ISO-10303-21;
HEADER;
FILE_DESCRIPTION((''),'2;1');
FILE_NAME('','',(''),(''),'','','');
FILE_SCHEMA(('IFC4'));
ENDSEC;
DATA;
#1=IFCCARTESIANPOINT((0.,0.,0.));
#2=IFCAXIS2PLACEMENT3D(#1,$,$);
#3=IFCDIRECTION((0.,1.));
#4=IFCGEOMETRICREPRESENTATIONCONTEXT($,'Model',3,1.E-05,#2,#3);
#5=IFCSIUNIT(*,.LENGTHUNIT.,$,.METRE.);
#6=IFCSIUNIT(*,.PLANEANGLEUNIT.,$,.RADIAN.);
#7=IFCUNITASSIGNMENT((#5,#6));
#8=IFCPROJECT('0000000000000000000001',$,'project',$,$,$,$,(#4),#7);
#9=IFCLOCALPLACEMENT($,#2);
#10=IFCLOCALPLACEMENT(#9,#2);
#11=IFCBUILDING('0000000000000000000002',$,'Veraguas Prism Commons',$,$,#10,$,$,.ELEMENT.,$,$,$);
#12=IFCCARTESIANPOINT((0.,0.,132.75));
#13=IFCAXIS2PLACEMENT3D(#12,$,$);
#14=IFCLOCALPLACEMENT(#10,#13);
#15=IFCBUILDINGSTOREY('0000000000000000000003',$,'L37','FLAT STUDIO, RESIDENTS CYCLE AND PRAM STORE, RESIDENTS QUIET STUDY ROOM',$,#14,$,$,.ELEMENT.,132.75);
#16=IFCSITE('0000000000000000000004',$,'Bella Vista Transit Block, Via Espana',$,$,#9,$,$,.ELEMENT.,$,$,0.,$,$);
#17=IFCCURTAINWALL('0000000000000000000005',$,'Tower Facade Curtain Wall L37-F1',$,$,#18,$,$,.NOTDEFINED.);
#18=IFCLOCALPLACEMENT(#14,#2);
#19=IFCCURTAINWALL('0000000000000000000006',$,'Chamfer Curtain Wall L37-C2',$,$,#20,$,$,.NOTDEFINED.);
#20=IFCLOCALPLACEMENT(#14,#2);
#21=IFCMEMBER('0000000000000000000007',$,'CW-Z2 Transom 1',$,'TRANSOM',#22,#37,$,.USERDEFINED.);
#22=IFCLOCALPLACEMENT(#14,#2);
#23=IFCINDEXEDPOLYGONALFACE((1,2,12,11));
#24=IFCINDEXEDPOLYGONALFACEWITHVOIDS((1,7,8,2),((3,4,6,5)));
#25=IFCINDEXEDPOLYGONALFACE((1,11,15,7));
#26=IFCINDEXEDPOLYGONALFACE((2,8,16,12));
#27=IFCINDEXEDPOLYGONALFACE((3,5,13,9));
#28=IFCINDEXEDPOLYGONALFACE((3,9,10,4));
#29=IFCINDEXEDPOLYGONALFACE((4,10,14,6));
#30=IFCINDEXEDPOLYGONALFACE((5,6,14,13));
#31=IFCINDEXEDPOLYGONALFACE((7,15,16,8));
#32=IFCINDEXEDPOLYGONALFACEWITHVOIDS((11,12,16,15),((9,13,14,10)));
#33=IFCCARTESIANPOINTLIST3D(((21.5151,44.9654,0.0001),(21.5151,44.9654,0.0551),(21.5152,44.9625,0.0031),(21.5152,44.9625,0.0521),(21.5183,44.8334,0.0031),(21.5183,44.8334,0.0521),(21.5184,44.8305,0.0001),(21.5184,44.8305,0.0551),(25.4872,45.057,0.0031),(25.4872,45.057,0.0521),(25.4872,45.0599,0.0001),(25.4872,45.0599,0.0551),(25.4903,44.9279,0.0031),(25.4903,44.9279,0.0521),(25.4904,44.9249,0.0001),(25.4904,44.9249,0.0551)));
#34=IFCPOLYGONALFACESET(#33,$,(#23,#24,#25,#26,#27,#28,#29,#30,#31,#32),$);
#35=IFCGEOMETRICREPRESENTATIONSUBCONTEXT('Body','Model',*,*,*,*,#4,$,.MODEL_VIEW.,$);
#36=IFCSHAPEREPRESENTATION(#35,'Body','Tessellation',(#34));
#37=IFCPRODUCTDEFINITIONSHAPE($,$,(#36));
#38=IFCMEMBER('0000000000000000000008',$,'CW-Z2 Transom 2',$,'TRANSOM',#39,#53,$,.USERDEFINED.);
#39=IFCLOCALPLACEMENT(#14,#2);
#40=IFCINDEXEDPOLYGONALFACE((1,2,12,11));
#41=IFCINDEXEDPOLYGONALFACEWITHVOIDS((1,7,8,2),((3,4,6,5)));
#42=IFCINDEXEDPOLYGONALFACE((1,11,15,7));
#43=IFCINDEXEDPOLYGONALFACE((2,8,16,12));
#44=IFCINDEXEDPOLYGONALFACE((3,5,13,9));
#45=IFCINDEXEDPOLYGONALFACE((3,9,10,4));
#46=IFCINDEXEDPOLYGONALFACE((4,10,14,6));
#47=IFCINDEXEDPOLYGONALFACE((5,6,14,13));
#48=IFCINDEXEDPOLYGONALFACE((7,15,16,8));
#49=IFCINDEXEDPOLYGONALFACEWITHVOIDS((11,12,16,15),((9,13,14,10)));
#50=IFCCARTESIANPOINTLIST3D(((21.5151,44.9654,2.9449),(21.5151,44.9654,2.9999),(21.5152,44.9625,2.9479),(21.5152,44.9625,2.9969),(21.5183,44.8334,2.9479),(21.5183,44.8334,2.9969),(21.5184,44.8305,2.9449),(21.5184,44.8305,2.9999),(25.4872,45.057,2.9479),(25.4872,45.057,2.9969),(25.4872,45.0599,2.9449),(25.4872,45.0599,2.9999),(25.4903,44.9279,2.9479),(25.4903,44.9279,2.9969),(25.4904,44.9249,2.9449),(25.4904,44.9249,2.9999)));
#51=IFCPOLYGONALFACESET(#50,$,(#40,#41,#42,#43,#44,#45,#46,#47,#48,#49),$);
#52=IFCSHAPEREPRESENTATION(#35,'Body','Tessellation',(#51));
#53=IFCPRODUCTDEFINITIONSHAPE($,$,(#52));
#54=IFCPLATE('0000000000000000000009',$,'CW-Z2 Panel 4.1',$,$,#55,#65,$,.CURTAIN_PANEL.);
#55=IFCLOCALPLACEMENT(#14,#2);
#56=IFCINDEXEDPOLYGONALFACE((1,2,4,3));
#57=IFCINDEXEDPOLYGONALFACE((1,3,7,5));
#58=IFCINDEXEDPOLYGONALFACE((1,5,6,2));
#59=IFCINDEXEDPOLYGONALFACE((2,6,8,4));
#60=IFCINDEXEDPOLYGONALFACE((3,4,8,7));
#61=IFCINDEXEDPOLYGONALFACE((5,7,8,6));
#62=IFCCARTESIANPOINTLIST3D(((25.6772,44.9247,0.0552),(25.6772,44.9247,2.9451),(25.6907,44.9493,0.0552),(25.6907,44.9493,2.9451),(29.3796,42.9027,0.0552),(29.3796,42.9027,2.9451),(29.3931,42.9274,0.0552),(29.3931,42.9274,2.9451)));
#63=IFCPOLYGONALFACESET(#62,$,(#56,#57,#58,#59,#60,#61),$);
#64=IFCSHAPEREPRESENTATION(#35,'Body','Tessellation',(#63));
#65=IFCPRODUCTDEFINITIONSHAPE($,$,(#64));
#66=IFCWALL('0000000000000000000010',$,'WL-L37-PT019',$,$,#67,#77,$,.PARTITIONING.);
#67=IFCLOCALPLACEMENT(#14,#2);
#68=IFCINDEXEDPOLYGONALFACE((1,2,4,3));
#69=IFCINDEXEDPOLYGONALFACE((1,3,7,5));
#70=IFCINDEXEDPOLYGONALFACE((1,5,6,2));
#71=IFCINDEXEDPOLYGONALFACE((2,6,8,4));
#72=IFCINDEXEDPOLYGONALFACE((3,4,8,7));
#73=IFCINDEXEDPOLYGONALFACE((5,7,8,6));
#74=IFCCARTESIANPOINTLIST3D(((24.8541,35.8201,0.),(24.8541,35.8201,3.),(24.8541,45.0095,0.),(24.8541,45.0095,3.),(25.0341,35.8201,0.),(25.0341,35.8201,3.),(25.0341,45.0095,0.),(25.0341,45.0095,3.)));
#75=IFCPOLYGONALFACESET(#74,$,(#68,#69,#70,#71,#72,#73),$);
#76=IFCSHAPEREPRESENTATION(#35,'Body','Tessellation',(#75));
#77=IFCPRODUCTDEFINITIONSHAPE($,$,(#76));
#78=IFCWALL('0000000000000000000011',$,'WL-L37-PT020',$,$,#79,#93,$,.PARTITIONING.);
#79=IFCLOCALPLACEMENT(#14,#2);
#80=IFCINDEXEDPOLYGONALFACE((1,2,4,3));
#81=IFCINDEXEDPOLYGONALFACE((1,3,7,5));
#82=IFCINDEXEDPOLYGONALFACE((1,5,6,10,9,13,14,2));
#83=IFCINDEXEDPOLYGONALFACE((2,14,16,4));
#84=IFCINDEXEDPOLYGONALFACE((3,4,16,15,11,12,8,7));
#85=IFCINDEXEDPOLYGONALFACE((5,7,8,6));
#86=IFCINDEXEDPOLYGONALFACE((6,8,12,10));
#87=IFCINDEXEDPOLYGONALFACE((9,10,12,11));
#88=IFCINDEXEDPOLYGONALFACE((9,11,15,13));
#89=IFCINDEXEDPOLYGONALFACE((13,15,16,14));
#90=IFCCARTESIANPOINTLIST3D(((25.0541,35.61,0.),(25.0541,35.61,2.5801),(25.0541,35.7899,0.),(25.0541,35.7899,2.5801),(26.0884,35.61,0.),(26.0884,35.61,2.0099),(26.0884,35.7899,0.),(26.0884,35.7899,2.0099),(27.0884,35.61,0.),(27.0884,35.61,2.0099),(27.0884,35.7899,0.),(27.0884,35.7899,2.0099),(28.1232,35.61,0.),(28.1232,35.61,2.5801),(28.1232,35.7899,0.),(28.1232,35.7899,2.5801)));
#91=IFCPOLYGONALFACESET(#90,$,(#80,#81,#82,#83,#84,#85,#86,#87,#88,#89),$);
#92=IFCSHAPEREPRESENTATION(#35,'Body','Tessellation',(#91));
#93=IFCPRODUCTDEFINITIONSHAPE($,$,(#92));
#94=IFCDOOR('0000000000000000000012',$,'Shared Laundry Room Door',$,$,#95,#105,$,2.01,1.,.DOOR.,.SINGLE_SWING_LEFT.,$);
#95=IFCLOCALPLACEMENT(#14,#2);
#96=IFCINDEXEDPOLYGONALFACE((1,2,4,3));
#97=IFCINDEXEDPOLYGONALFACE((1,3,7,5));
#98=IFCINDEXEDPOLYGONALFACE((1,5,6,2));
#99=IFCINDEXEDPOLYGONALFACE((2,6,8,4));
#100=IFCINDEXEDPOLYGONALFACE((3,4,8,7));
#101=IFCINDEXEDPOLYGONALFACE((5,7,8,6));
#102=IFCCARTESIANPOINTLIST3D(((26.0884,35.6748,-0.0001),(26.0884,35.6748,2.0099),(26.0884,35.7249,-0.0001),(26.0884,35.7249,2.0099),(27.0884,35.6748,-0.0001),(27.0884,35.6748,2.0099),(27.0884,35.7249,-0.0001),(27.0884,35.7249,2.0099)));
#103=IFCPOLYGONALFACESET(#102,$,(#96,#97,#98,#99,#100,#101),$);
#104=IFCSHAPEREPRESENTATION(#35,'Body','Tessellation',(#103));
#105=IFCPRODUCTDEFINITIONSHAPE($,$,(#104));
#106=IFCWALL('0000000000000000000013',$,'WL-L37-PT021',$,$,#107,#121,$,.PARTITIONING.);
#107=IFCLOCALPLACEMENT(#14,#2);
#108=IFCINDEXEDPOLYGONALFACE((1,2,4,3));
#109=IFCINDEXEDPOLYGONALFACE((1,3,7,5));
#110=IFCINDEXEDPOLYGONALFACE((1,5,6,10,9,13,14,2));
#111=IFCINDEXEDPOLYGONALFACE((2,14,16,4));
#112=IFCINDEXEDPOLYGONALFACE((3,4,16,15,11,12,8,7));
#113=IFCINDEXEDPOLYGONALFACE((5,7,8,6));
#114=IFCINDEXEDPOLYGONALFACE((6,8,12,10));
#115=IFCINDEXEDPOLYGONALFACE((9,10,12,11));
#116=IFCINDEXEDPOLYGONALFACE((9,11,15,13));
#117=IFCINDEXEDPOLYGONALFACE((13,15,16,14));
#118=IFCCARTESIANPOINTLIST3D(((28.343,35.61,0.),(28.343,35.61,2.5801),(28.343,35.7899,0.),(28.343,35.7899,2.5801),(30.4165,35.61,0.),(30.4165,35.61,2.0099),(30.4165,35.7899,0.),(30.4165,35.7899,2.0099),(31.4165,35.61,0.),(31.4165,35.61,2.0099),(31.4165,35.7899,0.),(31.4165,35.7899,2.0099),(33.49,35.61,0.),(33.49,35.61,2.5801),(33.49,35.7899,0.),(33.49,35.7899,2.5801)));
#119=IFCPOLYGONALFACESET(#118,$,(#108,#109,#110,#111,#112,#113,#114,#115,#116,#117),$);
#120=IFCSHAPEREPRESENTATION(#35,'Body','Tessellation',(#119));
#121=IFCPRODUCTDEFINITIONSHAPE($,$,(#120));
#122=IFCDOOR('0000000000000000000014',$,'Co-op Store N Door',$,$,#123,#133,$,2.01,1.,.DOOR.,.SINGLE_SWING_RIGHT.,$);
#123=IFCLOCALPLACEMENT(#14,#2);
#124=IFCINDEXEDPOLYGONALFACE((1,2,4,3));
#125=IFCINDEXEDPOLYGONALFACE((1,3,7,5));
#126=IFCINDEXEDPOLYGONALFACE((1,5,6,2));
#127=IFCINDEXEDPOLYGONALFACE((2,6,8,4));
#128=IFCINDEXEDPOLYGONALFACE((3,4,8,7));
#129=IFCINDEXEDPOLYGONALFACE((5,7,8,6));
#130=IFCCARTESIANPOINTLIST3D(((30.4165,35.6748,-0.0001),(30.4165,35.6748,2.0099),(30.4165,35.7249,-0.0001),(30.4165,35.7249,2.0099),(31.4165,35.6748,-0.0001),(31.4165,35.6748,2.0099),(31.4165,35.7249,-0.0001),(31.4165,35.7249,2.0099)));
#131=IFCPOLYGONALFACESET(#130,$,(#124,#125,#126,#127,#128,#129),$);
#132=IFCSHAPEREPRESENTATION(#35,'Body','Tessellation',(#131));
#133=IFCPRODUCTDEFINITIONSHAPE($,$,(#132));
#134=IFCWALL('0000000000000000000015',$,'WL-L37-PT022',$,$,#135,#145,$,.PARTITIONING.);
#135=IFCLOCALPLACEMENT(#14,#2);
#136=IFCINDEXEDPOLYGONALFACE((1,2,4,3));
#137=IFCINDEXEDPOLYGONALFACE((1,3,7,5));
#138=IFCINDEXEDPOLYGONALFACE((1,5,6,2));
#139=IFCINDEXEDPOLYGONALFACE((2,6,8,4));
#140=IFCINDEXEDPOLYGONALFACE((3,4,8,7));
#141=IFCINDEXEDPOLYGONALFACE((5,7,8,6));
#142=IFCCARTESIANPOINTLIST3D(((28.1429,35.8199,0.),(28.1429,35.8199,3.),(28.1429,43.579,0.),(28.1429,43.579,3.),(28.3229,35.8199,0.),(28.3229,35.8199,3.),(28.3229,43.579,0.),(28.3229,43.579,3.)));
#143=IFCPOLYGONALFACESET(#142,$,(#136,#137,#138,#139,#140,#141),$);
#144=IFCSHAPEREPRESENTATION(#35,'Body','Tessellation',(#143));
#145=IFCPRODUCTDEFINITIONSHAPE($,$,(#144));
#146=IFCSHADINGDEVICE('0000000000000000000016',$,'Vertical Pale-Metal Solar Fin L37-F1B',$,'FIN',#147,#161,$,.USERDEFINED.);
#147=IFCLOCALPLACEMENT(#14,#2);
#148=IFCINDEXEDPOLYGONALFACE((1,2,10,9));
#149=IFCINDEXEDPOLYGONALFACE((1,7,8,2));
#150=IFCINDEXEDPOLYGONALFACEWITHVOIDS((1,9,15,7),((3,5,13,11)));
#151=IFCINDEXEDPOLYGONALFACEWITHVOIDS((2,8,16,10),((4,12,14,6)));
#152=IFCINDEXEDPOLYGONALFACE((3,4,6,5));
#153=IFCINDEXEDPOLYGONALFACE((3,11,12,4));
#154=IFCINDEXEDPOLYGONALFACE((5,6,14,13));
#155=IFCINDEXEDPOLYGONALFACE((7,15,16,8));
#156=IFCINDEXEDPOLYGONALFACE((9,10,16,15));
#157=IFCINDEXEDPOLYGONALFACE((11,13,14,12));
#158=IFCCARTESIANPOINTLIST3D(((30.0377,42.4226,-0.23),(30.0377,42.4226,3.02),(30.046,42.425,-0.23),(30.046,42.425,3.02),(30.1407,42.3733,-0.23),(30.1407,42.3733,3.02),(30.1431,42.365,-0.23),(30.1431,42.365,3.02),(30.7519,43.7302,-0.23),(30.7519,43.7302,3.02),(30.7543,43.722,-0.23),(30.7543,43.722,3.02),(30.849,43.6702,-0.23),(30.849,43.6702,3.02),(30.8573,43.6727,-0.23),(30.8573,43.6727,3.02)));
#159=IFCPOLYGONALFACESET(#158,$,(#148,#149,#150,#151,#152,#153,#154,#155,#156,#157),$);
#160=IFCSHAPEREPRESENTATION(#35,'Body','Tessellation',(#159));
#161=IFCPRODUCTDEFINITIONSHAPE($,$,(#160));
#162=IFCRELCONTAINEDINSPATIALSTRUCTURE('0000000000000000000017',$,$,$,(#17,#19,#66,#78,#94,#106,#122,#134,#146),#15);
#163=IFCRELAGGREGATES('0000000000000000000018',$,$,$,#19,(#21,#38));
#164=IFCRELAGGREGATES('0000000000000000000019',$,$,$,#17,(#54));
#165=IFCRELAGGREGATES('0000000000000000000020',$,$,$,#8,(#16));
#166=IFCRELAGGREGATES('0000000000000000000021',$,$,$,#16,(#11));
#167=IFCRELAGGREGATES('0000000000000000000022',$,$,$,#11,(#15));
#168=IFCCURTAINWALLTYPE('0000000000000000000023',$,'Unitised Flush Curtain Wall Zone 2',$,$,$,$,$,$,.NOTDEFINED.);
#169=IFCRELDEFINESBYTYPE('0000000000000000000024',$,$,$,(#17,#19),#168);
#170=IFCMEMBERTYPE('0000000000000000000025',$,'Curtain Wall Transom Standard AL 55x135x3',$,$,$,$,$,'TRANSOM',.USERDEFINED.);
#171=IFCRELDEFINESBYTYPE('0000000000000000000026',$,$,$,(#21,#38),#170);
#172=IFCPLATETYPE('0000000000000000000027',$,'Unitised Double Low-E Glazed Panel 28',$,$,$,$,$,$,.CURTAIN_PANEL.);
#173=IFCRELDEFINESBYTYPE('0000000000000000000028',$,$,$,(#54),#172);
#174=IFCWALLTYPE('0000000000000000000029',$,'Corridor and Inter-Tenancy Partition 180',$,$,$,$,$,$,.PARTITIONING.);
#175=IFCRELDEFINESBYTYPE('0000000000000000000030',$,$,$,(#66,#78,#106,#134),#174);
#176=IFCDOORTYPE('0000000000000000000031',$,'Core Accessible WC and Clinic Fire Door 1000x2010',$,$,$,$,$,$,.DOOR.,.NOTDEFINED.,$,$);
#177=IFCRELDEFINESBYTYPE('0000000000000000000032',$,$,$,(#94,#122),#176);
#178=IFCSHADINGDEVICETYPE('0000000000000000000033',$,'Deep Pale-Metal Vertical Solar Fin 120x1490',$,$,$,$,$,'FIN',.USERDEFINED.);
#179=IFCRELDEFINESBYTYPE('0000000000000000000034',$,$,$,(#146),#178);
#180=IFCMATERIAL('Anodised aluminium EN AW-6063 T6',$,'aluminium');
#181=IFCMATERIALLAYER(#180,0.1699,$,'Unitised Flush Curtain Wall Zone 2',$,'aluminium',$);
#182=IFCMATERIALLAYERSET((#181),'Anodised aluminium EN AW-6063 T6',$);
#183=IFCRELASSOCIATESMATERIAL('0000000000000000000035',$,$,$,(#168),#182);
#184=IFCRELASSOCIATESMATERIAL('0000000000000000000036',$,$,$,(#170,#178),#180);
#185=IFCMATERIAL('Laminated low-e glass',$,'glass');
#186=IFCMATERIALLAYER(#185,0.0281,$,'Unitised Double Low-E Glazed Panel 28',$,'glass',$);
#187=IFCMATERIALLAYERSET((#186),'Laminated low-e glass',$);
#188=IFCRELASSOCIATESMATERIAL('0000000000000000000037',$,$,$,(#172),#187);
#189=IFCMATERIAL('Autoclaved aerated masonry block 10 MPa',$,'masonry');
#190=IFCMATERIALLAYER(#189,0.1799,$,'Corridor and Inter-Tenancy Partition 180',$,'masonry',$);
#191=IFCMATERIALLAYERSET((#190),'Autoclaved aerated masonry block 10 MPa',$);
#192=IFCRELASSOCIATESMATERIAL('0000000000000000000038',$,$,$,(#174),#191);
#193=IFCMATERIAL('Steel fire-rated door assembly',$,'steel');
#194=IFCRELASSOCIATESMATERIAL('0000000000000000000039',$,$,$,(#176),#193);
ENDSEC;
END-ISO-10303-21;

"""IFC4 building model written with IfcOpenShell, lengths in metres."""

from ifc_helpers import new_model, si_unit, direction, frame, frame_2d, origin, origin_2d, place, context, subcontext, project, spatial, rectangle, hollow_rectangle, extrude, source, transform, mapped, material, layer, layer_set, material_profile, profile_set, type_object, element, fill, aggregate, save


model = new_model("IFC4")

# Units and contexts
model_context = context("Model", 3, precision=1e-05, world=origin(), true_north=direction((0.0, 1.0)))
body_context = subcontext(model_context, "Body", "Model", "MODEL_VIEW")
ifc_project = project(units=[si_unit("LENGTHUNIT", "METRE"), si_unit("PLANEANGLEUNIT", "RADIAN")], contexts=[model_context])

# Site, building, storey
site_placement = place(None, origin())
site = spatial("IfcSite", under=ifc_project, at=site_placement, Name="Bella Vista Transit Block, Via Espana", CompositionType="ELEMENT", RefElevation=0.0)
building_placement = place(site_placement, origin())
building = spatial("IfcBuilding", under=site, at=building_placement, Name="Veraguas Prism Commons", CompositionType="ELEMENT")
storey_placement = place(building_placement, frame((0.0, 0.0, 132.75)))
storey = spatial("IfcBuildingStorey", under=building, at=storey_placement, Name="L37", Description="FLAT STUDIO, RESIDENTS CYCLE AND PRAM STORE, RESIDENTS QUIET STUDY ROOM", CompositionType="ELEMENT", Elevation=132.75)

# Curtain walls, members
ifc_material_1 = material(Name="Anodised aluminium EN AW-6063 T6", Category="aluminium")
ifc_layer_1 = layer(ifc_material_1, 0.1699, Name="Unitised Flush Curtain Wall Zone 2", Category="aluminium")
ifc_layer_set_1 = layer_set([ifc_layer_1], Name="Anodised aluminium EN AW-6063 T6")
curtain_wall_type = type_object("IfcCurtainWallType", Name="Unitised Flush Curtain Wall Zone 2", PredefinedType="NOTDEFINED", material=ifc_layer_set_1)
curtain_wall_1_placement = place(storey_placement, origin())
curtain_wall_1 = element("IfcCurtainWall", 1, at=curtain_wall_1_placement, inside=storey, type_object=curtain_wall_type, Name="Tower Facade Curtain Wall L37-F1", PredefinedType="NOTDEFINED")
curtain_wall_2_placement = place(storey_placement, origin())
curtain_wall_2 = element("IfcCurtainWall", 2, at=curtain_wall_2_placement, inside=storey, type_object=curtain_wall_type, Name="Chamfer Curtain Wall L37-C2", PredefinedType="NOTDEFINED")
ifc_material_profile_1 = material_profile(ifc_material_1, hollow_rectangle(XDim=0.0549, YDim=0.135, WallThickness=0.0029, at=origin_2d()), Name="AL55X135X3")
ifc_profile_set_1 = profile_set([ifc_material_profile_1], Name="Anodised aluminium EN AW-6063 T6")
member_type_1 = type_object("IfcMemberType", Name="Curtain Wall Transom Standard AL 55x135x3", ElementType="TRANSOM", PredefinedType="USERDEFINED", material=ifc_profile_set_1)
shared_shape_1 = source(origin(), body_context, "Body", "SweptSolid", [
    extrude(hollow_rectangle(XDim=0.0549, YDim=0.135, WallThickness=0.0029, at=origin_2d()), origin(), (0.0, 0.0, 1.0), 3.9731),
])
member_1_placement = place(storey_placement, frame((25.4888, 44.9924, 0.0276), z_axis=(-0.999717, -0.023781, 0.0), x_axis=(0.0, 0.0, 1.0)))
member_1 = element("IfcMember", 3, at=member_1_placement, type_object=member_type_1, Name="CW-Z2 Transom 1", ObjectType="TRANSOM", PredefinedType="USERDEFINED", context=body_context, shape_type="MappedRepresentation", body=[
    mapped(shared_shape_1, transform((0.0, 0.0, 0.0), scale=1.0)),
])
member_2_placement = place(storey_placement, frame((25.4888, 44.9924, 2.9724), z_axis=(-0.999717, -0.023781, 0.0), x_axis=(0.0, 0.0, 1.0)))
member_2 = element("IfcMember", 4, at=member_2_placement, type_object=member_type_1, Name="CW-Z2 Transom 2", ObjectType="TRANSOM", PredefinedType="USERDEFINED", context=body_context, shape_type="MappedRepresentation", body=[
    mapped(shared_shape_1, transform((0.0, 0.0, 0.0), scale=1.0)),
])
aggregate(curtain_wall_2, [member_1, member_2])

# Plate
ifc_material_2 = material(Name="Laminated low-e glass", Category="glass")
ifc_layer_2 = layer(ifc_material_2, 0.0281, Name="Unitised Double Low-E Glazed Panel 28", Category="glass")
ifc_layer_set_2 = layer_set([ifc_layer_2], Name="Laminated low-e glass")
plate_type = type_object("IfcPlateType", Name="Unitised Double Low-E Glazed Panel 28", PredefinedType="CURTAIN_PANEL", material=ifc_layer_set_2)
shared_shape_2 = source(origin(), body_context, "Body", "SweptSolid", [
    extrude(rectangle(XDim=4.2185, YDim=0.0281, at=origin_2d()), origin(), (0.0, 0.0, 1.0), 2.8899),
])
plate_placement = place(storey_placement, frame((27.5352, 43.926, 0.0552), z_axis=(0.0, 0.0, 1.0), x_axis=(-0.877649, 0.479305, 0.0)))
plate = element("IfcPlate", 5, at=plate_placement, type_object=plate_type, Name="CW-Z2 Panel 4.1", PredefinedType="CURTAIN_PANEL", context=body_context, shape_type="MappedRepresentation", body=[
    mapped(shared_shape_2, transform((0.0, 0.0, 0.0), scale=1.0)),
])
aggregate(curtain_wall_1, [plate])

# Wall
ifc_material_3 = material(Name="Autoclaved aerated masonry block 10 MPa", Category="masonry")
ifc_layer_3 = layer(ifc_material_3, 0.1799, Name="Corridor and Inter-Tenancy Partition 180", Category="masonry")
ifc_layer_set_3 = layer_set([ifc_layer_3], Name="Autoclaved aerated masonry block 10 MPa")
wall_type = type_object("IfcWallType", Name="Corridor and Inter-Tenancy Partition 180", PredefinedType="PARTITIONING", material=ifc_layer_set_3)
wall_1_placement = place(storey_placement, frame((24.9441, 35.8201, 0.0), z_axis=(0.0, 0.0, 1.0), x_axis=(0.0, 1.0, 0.0)))
element("IfcWall", 6, at=wall_1_placement, inside=storey, type_object=wall_type, Name="WL-L37-PT019", PredefinedType="PARTITIONING", context=body_context, shape_type="SweptSolid", body=[
    extrude(rectangle(XDim=9.1895, YDim=0.1799, at=frame_2d((4.5947, 0.0))), origin(), (0.0, 0.0, 1.0), 3.0),
])

# Walls, openings, doors
wall_2_placement = place(storey_placement, frame((25.054, 35.7, 0.0), z_axis=(0.0, 0.0, 1.0), x_axis=(1.0, 0.0, 0.0)))
wall_2 = element("IfcWall", 7, at=wall_2_placement, inside=storey, type_object=wall_type, Name="WL-L37-PT020", PredefinedType="PARTITIONING", context=body_context, shape_type="SweptSolid", body=[
    extrude(rectangle(XDim=3.0691, YDim=0.1799, at=frame_2d((1.5347, 0.0))), origin(), (0.0, 0.0, 1.0), 2.5801),
])
opening_1_placement = place(wall_2_placement, frame((1.0344, 0.0, 0.0)))
opening_1 = element("IfcOpeningElement", 8, at=opening_1_placement, cuts=wall_2, PredefinedType="OPENING", context=body_context, shape_type="SweptSolid", body=[
    extrude(rectangle(XDim=1.0, YDim=2.01, at=frame_2d((0.5, 1.0049))), frame((0.0, 0.0999, 0.0), z_axis=(0.0, -1.0, 0.0), x_axis=(1.0, 0.0, 0.0)), (0.0, 0.0, 1.0), 0.2),
])
ifc_material_4 = material(Name="Steel fire-rated door assembly", Category="steel")
door_type = type_object("IfcDoorType", Name="Core Accessible WC and Clinic Fire Door 1000x2010", OperationType="NOTDEFINED", PredefinedType="DOOR", material=ifc_material_4)
shared_shape_3 = source(origin(), body_context, "Body", "SweptSolid", [
    extrude(rectangle(XDim=1.0, YDim=2.01, at=frame_2d((0.5, 1.0049))), frame((0.0, 0.0249, 0.0), z_axis=(0.0, -1.0, 0.0), x_axis=(1.0, 0.0, 0.0)), (0.0, 0.0, 1.0), 0.05),
])
door_1_placement = place(opening_1_placement, origin())
door_1 = element("IfcDoor", 9, at=door_1_placement, inside=storey, type_object=door_type, Name="Shared Laundry Room Door", OperationType="SINGLE_SWING_LEFT", OverallHeight=2.01, OverallWidth=1.0, PredefinedType="DOOR", context=body_context, shape_type="MappedRepresentation", body=[
    mapped(shared_shape_3, transform((0.0, 0.0, 0.0), scale=1.0)),
])
fill(opening_1, door_1)
wall_3_placement = place(storey_placement, frame((28.343, 35.7, 0.0), z_axis=(0.0, 0.0, 1.0), x_axis=(1.0, 0.0, 0.0)))
wall_3 = element("IfcWall", 10, at=wall_3_placement, inside=storey, type_object=wall_type, Name="WL-L37-PT021", PredefinedType="PARTITIONING", context=body_context, shape_type="SweptSolid", body=[
    extrude(rectangle(XDim=5.147, YDim=0.1799, at=frame_2d((2.5735, 0.0))), origin(), (0.0, 0.0, 1.0), 2.5801),
])
opening_2_placement = place(wall_3_placement, frame((2.0735, 0.0, 0.0)))
opening_2 = element("IfcOpeningElement", 11, at=opening_2_placement, cuts=wall_3, PredefinedType="OPENING", context=body_context, shape_type="SweptSolid", body=[
    extrude(rectangle(XDim=1.0, YDim=2.01, at=frame_2d((0.5, 1.0049))), frame((0.0, 0.0999, 0.0), z_axis=(0.0, -1.0, 0.0), x_axis=(1.0, 0.0, 0.0)), (0.0, 0.0, 1.0), 0.2),
])
door_2_placement = place(opening_2_placement, origin())
door_2 = element("IfcDoor", 12, at=door_2_placement, inside=storey, type_object=door_type, Name="Co-op Store N Door", OperationType="SINGLE_SWING_RIGHT", OverallHeight=2.01, OverallWidth=1.0, PredefinedType="DOOR", context=body_context, shape_type="MappedRepresentation", body=[
    mapped(shared_shape_3, transform((0.0, 0.0, 0.0), scale=1.0)),
])
fill(opening_2, door_2)

# Wall
wall_4_placement = place(storey_placement, frame((28.2329, 35.8201, 0.0), z_axis=(0.0, 0.0, 1.0), x_axis=(0.0, 1.0, 0.0)))
element("IfcWall", 13, at=wall_4_placement, inside=storey, type_object=wall_type, Name="WL-L37-PT022", PredefinedType="PARTITIONING", context=body_context, shape_type="SweptSolid", body=[
    extrude(rectangle(XDim=7.759, YDim=0.1799, at=frame_2d((3.8794, 0.0))), origin(), (0.0, 0.0, 1.0), 3.0),
])

# Shading device
ifc_material_profile_2 = material_profile(ifc_material_1, hollow_rectangle(XDim=0.1201, YDim=1.49, WallThickness=0.0061, at=origin_2d()), Name="FIN120X1490X6")
ifc_profile_set_2 = profile_set([ifc_material_profile_2], Name="Anodised aluminium EN AW-6063 T6")
shading_device_type = type_object("IfcShadingDeviceType", Name="Deep Pale-Metal Vertical Solar Fin 120x1490", ElementType="FIN", PredefinedType="USERDEFINED", material=ifc_profile_set_2)
shading_device_placement = place(storey_placement, frame((30.4475, 43.0476, -0.23), z_axis=(0.0, 0.0, 1.0), x_axis=(-0.877648, 0.479306, 0.0)))
element("IfcShadingDevice", 14, at=shading_device_placement, inside=storey, type_object=shading_device_type, Name="Vertical Pale-Metal Solar Fin L37-F1B", ObjectType="FIN", PredefinedType="USERDEFINED", context=body_context, shape_type="SweptSolid", body=[
    extrude(hollow_rectangle(XDim=0.1201, YDim=1.49, WallThickness=0.0061, at=origin_2d()), origin(), (0.0, 0.0, 1.0), 3.25),
])

save(model, "model.ifc")
